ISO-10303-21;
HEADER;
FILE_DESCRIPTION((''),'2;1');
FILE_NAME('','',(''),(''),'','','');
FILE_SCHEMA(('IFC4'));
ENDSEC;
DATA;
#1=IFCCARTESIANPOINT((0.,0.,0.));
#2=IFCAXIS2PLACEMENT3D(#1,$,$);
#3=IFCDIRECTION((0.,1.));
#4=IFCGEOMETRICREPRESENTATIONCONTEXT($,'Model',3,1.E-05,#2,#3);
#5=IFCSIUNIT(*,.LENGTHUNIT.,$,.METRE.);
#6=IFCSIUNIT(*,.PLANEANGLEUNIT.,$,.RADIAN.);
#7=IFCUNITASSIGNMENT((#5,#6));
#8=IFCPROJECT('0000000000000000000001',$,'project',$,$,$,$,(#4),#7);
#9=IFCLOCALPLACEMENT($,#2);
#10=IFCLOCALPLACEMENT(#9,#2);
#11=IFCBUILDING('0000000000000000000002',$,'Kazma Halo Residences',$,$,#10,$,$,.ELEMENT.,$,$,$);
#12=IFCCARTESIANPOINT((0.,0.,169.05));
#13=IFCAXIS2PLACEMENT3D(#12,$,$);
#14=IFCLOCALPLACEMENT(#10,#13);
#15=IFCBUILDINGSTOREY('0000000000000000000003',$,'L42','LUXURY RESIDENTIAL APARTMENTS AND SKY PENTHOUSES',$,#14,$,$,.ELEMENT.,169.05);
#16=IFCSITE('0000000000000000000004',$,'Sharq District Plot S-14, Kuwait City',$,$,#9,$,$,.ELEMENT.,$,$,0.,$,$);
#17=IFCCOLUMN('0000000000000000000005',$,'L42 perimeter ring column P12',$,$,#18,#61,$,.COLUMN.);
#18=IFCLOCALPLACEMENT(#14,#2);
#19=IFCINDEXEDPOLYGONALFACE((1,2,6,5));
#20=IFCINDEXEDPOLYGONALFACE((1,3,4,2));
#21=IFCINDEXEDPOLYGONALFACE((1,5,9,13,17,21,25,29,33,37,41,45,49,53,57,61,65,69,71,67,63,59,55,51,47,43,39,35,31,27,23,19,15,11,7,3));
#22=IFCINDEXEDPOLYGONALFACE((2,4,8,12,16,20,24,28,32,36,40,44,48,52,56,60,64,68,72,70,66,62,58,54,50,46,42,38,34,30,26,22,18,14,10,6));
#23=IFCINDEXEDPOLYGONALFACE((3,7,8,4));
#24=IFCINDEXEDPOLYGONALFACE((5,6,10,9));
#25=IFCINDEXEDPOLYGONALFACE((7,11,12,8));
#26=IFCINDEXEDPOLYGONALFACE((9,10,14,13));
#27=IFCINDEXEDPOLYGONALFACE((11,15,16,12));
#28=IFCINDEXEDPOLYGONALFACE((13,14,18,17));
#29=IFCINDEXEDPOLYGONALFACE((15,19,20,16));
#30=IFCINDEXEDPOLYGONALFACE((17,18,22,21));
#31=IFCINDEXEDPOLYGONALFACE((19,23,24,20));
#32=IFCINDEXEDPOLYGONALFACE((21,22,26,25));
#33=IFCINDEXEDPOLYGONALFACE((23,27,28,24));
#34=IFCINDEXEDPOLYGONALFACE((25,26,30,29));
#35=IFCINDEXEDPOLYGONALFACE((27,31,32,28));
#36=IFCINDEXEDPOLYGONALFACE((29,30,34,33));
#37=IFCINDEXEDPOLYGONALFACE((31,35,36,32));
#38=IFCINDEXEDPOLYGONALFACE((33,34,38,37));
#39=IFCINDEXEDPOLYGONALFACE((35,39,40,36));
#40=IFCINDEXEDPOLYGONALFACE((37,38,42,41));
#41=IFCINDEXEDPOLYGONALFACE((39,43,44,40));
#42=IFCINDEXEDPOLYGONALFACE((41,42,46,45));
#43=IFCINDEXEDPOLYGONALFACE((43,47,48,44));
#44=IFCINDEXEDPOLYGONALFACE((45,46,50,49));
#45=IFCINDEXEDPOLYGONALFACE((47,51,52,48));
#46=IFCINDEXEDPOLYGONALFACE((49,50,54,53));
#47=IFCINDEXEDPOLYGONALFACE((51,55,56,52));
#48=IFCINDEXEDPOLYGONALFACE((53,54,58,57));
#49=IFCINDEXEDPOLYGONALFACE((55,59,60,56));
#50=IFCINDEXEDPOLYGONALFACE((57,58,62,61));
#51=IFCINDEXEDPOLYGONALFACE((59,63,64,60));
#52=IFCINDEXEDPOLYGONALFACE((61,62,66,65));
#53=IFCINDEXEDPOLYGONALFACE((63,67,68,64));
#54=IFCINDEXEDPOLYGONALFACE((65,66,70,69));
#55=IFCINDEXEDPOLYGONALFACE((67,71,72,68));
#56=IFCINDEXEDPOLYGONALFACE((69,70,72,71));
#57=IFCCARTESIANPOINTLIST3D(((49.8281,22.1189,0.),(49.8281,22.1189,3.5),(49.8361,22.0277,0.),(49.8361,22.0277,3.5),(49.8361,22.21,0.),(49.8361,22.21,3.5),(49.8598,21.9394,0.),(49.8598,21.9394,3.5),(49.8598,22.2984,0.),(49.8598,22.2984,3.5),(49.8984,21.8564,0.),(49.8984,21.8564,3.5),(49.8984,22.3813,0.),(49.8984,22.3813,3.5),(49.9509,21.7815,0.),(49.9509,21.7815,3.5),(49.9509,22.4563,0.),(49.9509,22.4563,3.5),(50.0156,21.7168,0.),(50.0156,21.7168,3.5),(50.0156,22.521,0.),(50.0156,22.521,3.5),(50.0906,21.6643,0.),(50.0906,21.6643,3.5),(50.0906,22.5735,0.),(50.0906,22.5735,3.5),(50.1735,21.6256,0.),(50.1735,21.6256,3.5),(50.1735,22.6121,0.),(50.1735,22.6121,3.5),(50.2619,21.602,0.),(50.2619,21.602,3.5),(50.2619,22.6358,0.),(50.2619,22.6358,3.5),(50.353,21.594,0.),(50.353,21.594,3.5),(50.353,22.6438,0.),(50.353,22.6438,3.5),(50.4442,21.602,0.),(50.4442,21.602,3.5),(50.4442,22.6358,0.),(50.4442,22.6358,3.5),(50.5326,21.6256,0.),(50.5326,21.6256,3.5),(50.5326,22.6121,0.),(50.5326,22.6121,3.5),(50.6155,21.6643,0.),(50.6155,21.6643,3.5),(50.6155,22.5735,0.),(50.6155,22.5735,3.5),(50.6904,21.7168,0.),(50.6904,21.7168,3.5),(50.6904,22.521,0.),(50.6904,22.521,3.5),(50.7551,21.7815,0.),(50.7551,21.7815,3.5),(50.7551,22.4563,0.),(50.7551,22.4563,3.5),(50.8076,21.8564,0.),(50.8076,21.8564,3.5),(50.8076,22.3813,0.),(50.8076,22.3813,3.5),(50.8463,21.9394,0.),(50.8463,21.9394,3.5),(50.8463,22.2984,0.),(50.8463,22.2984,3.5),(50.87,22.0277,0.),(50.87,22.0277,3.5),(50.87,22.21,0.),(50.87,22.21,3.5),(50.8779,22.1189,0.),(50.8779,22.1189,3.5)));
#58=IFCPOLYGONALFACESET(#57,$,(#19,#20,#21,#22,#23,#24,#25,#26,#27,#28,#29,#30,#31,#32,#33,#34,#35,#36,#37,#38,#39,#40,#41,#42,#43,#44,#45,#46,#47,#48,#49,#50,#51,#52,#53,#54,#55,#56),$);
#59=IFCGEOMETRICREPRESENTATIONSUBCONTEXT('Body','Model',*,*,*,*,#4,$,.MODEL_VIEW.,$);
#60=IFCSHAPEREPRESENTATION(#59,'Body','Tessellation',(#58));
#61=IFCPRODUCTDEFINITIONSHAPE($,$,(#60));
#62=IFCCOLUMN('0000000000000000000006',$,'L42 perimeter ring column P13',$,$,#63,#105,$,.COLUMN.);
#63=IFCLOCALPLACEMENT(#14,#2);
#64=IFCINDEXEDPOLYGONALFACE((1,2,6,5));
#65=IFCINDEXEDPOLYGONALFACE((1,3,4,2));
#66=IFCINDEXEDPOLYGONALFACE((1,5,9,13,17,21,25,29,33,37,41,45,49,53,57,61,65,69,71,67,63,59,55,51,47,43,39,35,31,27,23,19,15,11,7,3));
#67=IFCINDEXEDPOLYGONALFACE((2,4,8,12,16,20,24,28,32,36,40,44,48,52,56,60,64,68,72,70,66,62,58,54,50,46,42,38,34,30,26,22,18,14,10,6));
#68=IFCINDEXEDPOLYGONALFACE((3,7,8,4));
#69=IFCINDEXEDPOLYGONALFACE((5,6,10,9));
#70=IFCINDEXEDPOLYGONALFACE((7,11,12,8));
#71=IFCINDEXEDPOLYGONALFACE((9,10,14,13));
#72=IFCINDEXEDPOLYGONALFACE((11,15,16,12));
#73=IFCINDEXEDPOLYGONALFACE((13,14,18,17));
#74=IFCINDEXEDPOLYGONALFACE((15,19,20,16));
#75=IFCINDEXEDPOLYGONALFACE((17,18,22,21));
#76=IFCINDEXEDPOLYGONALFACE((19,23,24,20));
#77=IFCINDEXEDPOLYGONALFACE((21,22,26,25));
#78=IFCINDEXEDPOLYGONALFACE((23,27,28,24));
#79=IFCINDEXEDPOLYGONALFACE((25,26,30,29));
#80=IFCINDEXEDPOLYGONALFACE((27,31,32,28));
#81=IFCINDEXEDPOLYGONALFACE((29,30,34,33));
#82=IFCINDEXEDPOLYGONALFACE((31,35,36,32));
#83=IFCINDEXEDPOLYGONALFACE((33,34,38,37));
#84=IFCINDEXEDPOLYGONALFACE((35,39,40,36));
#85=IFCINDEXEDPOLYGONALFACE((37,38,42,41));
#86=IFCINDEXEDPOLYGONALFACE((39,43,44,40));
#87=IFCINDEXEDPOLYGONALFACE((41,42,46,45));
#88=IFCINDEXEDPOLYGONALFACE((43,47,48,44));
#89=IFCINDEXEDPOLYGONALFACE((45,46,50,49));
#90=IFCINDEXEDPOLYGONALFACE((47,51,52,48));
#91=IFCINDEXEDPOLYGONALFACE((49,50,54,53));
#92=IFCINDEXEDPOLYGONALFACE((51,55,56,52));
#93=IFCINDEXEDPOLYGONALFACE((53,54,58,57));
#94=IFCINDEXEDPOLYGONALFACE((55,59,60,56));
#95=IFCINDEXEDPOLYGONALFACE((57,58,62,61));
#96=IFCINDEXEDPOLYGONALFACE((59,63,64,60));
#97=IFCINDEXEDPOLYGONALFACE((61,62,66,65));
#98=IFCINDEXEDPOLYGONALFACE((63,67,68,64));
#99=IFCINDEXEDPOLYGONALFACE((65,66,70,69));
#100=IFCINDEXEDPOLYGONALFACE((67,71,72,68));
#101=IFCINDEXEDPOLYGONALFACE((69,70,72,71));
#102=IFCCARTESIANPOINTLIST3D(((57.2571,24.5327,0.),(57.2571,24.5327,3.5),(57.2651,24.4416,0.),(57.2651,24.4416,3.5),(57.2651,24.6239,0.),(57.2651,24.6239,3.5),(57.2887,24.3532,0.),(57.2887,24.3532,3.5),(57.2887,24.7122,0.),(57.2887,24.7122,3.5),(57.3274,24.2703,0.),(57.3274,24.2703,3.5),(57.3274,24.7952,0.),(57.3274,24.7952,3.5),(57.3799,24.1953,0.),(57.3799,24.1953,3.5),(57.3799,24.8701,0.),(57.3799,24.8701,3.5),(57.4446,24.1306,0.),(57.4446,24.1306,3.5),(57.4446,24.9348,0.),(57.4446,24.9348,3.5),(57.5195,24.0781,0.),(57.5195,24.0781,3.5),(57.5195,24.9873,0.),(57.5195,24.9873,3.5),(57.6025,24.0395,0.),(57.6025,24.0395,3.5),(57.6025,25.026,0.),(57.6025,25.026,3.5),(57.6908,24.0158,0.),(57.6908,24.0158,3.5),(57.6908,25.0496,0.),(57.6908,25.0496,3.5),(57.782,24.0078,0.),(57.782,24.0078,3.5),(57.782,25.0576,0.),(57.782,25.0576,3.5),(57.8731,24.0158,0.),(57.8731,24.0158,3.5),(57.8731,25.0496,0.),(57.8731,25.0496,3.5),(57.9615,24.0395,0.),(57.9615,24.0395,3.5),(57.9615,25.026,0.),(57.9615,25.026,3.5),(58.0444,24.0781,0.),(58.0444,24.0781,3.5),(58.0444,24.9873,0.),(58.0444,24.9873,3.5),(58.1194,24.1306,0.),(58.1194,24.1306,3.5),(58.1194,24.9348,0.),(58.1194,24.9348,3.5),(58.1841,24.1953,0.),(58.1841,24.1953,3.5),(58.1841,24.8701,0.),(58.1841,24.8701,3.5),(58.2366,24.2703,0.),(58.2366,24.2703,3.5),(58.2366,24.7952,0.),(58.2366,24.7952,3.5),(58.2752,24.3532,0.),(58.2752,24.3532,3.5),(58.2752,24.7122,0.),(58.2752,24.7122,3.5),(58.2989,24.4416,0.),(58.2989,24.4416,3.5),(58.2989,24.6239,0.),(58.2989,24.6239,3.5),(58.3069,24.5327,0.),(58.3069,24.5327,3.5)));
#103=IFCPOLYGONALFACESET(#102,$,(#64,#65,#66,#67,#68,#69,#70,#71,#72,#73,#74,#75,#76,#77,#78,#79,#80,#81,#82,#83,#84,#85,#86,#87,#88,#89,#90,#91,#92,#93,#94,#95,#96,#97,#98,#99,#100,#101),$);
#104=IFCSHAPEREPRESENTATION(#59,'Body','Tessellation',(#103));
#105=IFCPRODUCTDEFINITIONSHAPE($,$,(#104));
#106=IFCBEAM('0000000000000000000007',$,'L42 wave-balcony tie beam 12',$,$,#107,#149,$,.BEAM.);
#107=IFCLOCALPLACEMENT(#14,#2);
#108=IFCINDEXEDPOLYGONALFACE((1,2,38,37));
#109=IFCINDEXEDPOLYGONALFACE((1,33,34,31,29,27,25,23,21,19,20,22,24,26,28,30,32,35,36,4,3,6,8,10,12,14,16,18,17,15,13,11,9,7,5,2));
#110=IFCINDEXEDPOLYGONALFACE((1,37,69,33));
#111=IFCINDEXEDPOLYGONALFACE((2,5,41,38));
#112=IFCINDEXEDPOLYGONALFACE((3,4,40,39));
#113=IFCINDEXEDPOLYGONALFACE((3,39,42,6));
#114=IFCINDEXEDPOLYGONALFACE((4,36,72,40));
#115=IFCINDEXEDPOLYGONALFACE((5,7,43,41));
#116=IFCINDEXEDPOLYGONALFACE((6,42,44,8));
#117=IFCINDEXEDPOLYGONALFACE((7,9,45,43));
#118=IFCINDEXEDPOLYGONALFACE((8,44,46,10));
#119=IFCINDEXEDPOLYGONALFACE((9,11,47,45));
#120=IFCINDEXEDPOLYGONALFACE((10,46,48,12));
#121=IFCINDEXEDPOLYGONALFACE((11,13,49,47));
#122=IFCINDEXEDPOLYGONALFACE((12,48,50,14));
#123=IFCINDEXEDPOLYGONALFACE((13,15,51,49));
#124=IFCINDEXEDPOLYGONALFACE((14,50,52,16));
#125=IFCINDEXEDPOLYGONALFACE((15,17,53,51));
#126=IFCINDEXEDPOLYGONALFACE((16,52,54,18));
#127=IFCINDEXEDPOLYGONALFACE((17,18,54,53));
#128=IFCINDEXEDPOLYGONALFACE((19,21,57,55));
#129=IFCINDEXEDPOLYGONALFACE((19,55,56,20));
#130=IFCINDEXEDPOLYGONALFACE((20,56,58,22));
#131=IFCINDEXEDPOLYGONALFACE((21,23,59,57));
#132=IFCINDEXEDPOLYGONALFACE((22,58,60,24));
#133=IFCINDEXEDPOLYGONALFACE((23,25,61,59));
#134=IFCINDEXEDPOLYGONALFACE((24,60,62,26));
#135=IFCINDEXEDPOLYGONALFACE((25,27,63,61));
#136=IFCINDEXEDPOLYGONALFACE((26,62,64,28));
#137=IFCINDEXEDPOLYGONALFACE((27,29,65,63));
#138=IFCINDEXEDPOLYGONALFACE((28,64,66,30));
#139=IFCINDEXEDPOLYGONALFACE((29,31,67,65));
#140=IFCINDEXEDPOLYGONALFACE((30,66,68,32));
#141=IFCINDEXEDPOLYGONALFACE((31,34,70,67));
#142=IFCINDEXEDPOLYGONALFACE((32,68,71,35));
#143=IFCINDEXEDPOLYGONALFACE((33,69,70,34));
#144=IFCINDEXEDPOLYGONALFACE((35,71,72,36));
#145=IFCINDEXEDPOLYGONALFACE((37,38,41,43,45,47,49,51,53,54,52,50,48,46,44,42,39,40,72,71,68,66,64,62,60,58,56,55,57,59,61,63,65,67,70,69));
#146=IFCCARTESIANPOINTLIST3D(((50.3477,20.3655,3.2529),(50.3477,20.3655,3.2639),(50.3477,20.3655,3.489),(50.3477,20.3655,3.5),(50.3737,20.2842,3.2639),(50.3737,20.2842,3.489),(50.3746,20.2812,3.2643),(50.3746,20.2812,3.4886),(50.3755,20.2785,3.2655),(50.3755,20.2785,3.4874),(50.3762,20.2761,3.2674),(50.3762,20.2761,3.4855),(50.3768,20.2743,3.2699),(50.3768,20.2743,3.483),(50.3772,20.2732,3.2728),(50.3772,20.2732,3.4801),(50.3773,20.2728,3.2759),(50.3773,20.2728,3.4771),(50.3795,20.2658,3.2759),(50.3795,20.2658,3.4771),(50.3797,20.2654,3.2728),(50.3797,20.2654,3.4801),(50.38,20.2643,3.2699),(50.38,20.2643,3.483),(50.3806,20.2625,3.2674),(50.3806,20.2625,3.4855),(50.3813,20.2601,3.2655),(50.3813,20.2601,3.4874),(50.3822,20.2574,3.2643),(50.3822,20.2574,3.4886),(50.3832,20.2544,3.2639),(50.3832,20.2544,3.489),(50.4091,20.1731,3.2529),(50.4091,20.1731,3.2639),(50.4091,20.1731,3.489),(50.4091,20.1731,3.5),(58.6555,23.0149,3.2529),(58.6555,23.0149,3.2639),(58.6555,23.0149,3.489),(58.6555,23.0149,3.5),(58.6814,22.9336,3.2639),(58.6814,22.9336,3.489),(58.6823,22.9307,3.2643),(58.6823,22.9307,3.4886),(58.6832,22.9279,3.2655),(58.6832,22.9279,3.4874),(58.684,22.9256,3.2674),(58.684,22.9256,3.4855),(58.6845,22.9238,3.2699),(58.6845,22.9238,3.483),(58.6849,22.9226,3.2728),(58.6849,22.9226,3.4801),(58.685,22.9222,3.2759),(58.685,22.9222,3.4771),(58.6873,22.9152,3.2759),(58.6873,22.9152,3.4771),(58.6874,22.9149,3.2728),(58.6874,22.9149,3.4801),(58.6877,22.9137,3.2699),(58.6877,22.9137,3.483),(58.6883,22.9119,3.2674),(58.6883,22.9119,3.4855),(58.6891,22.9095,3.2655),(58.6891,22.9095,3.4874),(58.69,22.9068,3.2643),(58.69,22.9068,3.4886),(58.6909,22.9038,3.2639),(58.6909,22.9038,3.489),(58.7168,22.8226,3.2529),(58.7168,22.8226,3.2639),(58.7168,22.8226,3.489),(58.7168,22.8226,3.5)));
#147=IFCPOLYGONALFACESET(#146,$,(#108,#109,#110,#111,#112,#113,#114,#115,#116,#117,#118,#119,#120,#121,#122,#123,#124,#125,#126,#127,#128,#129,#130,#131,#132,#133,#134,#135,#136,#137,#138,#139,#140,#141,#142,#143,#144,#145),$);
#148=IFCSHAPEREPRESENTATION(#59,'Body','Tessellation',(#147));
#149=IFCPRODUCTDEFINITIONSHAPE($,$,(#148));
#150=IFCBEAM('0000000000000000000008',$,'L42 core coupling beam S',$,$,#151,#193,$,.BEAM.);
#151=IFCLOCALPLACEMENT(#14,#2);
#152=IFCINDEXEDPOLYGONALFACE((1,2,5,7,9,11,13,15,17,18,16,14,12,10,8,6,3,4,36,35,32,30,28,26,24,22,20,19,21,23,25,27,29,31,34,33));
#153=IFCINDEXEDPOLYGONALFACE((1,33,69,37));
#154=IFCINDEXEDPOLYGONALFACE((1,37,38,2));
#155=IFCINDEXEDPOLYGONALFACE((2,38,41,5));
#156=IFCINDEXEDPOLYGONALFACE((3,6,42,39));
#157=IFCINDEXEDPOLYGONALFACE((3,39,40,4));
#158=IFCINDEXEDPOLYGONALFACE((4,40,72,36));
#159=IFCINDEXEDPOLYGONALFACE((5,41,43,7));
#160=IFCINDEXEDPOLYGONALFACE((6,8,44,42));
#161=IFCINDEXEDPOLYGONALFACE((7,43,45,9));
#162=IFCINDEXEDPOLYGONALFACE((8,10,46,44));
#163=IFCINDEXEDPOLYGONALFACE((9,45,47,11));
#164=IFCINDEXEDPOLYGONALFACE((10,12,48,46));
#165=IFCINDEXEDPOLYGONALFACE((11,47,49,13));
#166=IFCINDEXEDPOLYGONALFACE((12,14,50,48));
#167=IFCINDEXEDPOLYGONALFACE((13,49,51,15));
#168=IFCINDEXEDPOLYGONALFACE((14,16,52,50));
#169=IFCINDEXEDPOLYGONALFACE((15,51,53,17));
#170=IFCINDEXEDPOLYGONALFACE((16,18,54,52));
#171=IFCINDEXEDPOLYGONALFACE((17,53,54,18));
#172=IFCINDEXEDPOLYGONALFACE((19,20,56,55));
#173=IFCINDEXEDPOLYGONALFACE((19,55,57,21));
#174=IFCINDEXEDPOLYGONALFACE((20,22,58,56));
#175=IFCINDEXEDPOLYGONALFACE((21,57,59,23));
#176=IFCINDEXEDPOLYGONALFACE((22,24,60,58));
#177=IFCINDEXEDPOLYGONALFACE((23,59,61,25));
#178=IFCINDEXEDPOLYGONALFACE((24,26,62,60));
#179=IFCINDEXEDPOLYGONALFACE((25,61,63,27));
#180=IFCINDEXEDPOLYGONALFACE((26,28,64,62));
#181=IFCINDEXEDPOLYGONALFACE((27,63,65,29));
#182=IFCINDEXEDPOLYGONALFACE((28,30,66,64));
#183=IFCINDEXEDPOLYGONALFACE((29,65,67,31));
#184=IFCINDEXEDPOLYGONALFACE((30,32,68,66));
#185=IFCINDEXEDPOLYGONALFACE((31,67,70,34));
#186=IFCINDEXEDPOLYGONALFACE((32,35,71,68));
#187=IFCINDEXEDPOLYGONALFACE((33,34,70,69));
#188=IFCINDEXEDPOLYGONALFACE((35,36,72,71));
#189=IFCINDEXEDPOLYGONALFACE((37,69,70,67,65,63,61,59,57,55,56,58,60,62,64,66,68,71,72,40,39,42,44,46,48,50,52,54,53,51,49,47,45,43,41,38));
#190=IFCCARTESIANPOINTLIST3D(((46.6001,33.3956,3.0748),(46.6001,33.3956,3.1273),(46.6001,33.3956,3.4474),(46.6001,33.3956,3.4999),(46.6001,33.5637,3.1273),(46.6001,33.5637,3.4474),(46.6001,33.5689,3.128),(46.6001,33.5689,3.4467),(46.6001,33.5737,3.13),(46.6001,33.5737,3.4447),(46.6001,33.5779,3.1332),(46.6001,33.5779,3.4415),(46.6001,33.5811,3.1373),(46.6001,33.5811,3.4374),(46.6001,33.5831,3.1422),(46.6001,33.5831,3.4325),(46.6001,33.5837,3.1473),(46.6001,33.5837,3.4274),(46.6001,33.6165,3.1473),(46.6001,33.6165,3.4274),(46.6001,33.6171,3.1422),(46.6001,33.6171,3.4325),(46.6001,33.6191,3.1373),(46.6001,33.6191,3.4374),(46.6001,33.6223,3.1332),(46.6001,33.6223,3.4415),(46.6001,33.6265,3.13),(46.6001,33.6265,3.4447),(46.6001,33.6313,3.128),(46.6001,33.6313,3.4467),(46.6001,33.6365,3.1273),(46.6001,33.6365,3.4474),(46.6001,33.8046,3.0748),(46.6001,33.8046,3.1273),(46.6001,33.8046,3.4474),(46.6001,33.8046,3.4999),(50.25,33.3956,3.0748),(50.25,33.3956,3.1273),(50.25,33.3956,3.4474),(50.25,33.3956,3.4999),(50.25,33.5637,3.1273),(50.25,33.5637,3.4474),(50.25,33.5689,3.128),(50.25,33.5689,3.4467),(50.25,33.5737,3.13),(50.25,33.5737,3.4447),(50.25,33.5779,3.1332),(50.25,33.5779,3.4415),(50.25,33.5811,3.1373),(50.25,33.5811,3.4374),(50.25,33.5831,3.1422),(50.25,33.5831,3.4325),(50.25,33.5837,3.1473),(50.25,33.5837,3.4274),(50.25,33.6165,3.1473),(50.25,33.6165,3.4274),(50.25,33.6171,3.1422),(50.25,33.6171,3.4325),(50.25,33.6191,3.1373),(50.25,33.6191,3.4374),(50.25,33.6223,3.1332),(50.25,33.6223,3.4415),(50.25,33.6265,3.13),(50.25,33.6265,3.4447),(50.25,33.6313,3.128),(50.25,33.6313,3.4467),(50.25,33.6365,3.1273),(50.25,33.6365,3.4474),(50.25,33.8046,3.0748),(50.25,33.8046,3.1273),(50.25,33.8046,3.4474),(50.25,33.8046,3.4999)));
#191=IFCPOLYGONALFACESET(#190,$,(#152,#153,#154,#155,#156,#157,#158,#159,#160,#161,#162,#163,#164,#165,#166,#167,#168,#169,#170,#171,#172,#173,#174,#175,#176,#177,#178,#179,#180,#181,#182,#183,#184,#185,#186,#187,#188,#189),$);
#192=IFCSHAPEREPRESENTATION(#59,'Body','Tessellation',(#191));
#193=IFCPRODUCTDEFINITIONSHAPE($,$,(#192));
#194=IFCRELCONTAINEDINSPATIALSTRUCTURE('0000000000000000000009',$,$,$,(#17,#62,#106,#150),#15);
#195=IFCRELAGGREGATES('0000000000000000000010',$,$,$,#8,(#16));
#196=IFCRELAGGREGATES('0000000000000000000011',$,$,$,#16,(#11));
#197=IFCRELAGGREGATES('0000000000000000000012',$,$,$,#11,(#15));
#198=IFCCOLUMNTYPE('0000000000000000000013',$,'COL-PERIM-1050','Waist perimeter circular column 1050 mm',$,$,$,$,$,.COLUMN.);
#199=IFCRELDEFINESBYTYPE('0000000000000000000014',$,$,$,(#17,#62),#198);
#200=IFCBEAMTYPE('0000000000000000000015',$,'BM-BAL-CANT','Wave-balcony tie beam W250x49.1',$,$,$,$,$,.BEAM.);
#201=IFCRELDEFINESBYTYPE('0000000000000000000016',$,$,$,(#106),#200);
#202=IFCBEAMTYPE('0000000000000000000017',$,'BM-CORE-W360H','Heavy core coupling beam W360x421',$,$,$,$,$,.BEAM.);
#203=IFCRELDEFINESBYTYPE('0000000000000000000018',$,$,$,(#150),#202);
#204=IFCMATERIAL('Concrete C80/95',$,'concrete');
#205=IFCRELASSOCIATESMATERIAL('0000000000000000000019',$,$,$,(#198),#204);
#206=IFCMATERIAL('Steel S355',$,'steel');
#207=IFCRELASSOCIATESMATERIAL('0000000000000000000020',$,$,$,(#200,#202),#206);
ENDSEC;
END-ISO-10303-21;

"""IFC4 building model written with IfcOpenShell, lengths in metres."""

from ifc_helpers import new_model, si_unit, direction, frame, origin, origin_2d, place, context, subcontext, project, spatial, circle, i_section, extrude, material, material_profile, profile_set, type_object, element, save


model = new_model("IFC4")

# Units and contexts
model_context = context("Model", 3, precision=1e-05, world=origin(), true_north=direction((0.0, 1.0)))
body_context = subcontext(model_context, "Body", "Model", "MODEL_VIEW")
ifc_project = project(units=[si_unit("LENGTHUNIT", "METRE"), si_unit("PLANEANGLEUNIT", "RADIAN")], contexts=[model_context])

# Site, building, storey
site_placement = place(None, origin())
site = spatial("IfcSite", under=ifc_project, at=site_placement, Name="Sharq District Plot S-14, Kuwait City", CompositionType="ELEMENT", RefElevation=0.0)
building_placement = place(site_placement, origin())
building = spatial("IfcBuilding", under=site, at=building_placement, Name="Kazma Halo Residences", CompositionType="ELEMENT")
storey_placement = place(building_placement, frame((0.0, 0.0, 169.05)))
storey = spatial("IfcBuildingStorey", under=building, at=storey_placement, Name="L42", Description="LUXURY RESIDENTIAL APARTMENTS AND SKY PENTHOUSES", CompositionType="ELEMENT", Elevation=169.05)

# Columns
ifc_material_1 = material(Name="Concrete C80/95", Category="concrete")
ifc_material_profile_1 = material_profile(ifc_material_1, circle(Radius=0.5249, at=origin_2d()), Name="CIRC1050")
ifc_profile_set_1 = profile_set([ifc_material_profile_1], Name="Concrete C80/95")
column_type = type_object("IfcColumnType", Name="COL-PERIM-1050", Description="Waist perimeter circular column 1050 mm", PredefinedType="COLUMN", material=ifc_profile_set_1)
for number, where, z_axis, x_axis, name in (
    (1, (50.353, 22.1189, 0.0), (0.0, 0.0, 1.0), (1.0, 0.0, 0.0), "L42 perimeter ring column P12"),
    (2, (57.782, 24.5327, 0.0), (0.0, 0.0, 1.0), (1.0, 0.0, 0.0), "L42 perimeter ring column P13"),
):
    element("IfcColumn", number, at=place(storey_placement, frame(where, z_axis=z_axis, x_axis=x_axis)), inside=storey, type_object=column_type, Name=name, PredefinedType="COLUMN", context=body_context, shape_type="SweptSolid", body=[
        extrude(circle(Radius=0.5249, at=origin_2d()), origin(), (0.0, 0.0, 1.0), 3.5),
    ])

# Beams
ifc_material_2 = material(Name="Steel S355", Category="steel")
ifc_material_profile_2 = material_profile(ifc_material_2, i_section(OverallWidth=0.2019, OverallDepth=0.2471, WebThickness=0.0073, FlangeThickness=0.011, FilletRadius=0.012, at=origin_2d()), Name="W250x49.1")
ifc_profile_set_2 = profile_set([ifc_material_profile_2], Name="Steel S355")
beam_type_1 = type_object("IfcBeamType", Name="BM-BAL-CANT", Description="Wave-balcony tie beam W250x49.1", PredefinedType="BEAM", material=ifc_profile_set_2)
beam_1_placement = place(storey_placement, frame((50.3784, 20.2693, 3.3765), z_axis=(0.952724, 0.303837, 0.0), x_axis=(-0.303837, 0.952724, 0.0)))
element("IfcBeam", 3, at=beam_1_placement, inside=storey, type_object=beam_type_1, Name="L42 wave-balcony tie beam 12", PredefinedType="BEAM", context=body_context, shape_type="SweptSolid", body=[
    extrude(i_section(OverallWidth=0.2019, OverallDepth=0.2471, WebThickness=0.0073, FlangeThickness=0.011, FilletRadius=0.012, at=origin_2d()), origin(), (0.0, 0.0, 1.0), 8.72),
])
ifc_material_profile_3 = material_profile(ifc_material_2, i_section(OverallWidth=0.4089, OverallDepth=0.425, WebThickness=0.0327, FlangeThickness=0.0525, FilletRadius=0.02, at=origin_2d()), Name="W360x421")
ifc_profile_set_3 = profile_set([ifc_material_profile_3], Name="Steel S355")
beam_type_2 = type_object("IfcBeamType", Name="BM-CORE-W360H", Description="Heavy core coupling beam W360x421", PredefinedType="BEAM", material=ifc_profile_set_3)
beam_2_placement = place(storey_placement, frame((46.6001, 33.6001, 3.2874), z_axis=(1.0, 0.0, 0.0), x_axis=(0.0, 1.0, 0.0)))
element("IfcBeam", 4, at=beam_2_placement, inside=storey, type_object=beam_type_2, Name="L42 core coupling beam S", PredefinedType="BEAM", context=body_context, shape_type="SweptSolid", body=[
    extrude(i_section(OverallWidth=0.4089, OverallDepth=0.425, WebThickness=0.0327, FlangeThickness=0.0525, FilletRadius=0.02, at=origin_2d()), origin(), (0.0, 0.0, 1.0), 3.6499),
])

save(model, "model.ifc")
